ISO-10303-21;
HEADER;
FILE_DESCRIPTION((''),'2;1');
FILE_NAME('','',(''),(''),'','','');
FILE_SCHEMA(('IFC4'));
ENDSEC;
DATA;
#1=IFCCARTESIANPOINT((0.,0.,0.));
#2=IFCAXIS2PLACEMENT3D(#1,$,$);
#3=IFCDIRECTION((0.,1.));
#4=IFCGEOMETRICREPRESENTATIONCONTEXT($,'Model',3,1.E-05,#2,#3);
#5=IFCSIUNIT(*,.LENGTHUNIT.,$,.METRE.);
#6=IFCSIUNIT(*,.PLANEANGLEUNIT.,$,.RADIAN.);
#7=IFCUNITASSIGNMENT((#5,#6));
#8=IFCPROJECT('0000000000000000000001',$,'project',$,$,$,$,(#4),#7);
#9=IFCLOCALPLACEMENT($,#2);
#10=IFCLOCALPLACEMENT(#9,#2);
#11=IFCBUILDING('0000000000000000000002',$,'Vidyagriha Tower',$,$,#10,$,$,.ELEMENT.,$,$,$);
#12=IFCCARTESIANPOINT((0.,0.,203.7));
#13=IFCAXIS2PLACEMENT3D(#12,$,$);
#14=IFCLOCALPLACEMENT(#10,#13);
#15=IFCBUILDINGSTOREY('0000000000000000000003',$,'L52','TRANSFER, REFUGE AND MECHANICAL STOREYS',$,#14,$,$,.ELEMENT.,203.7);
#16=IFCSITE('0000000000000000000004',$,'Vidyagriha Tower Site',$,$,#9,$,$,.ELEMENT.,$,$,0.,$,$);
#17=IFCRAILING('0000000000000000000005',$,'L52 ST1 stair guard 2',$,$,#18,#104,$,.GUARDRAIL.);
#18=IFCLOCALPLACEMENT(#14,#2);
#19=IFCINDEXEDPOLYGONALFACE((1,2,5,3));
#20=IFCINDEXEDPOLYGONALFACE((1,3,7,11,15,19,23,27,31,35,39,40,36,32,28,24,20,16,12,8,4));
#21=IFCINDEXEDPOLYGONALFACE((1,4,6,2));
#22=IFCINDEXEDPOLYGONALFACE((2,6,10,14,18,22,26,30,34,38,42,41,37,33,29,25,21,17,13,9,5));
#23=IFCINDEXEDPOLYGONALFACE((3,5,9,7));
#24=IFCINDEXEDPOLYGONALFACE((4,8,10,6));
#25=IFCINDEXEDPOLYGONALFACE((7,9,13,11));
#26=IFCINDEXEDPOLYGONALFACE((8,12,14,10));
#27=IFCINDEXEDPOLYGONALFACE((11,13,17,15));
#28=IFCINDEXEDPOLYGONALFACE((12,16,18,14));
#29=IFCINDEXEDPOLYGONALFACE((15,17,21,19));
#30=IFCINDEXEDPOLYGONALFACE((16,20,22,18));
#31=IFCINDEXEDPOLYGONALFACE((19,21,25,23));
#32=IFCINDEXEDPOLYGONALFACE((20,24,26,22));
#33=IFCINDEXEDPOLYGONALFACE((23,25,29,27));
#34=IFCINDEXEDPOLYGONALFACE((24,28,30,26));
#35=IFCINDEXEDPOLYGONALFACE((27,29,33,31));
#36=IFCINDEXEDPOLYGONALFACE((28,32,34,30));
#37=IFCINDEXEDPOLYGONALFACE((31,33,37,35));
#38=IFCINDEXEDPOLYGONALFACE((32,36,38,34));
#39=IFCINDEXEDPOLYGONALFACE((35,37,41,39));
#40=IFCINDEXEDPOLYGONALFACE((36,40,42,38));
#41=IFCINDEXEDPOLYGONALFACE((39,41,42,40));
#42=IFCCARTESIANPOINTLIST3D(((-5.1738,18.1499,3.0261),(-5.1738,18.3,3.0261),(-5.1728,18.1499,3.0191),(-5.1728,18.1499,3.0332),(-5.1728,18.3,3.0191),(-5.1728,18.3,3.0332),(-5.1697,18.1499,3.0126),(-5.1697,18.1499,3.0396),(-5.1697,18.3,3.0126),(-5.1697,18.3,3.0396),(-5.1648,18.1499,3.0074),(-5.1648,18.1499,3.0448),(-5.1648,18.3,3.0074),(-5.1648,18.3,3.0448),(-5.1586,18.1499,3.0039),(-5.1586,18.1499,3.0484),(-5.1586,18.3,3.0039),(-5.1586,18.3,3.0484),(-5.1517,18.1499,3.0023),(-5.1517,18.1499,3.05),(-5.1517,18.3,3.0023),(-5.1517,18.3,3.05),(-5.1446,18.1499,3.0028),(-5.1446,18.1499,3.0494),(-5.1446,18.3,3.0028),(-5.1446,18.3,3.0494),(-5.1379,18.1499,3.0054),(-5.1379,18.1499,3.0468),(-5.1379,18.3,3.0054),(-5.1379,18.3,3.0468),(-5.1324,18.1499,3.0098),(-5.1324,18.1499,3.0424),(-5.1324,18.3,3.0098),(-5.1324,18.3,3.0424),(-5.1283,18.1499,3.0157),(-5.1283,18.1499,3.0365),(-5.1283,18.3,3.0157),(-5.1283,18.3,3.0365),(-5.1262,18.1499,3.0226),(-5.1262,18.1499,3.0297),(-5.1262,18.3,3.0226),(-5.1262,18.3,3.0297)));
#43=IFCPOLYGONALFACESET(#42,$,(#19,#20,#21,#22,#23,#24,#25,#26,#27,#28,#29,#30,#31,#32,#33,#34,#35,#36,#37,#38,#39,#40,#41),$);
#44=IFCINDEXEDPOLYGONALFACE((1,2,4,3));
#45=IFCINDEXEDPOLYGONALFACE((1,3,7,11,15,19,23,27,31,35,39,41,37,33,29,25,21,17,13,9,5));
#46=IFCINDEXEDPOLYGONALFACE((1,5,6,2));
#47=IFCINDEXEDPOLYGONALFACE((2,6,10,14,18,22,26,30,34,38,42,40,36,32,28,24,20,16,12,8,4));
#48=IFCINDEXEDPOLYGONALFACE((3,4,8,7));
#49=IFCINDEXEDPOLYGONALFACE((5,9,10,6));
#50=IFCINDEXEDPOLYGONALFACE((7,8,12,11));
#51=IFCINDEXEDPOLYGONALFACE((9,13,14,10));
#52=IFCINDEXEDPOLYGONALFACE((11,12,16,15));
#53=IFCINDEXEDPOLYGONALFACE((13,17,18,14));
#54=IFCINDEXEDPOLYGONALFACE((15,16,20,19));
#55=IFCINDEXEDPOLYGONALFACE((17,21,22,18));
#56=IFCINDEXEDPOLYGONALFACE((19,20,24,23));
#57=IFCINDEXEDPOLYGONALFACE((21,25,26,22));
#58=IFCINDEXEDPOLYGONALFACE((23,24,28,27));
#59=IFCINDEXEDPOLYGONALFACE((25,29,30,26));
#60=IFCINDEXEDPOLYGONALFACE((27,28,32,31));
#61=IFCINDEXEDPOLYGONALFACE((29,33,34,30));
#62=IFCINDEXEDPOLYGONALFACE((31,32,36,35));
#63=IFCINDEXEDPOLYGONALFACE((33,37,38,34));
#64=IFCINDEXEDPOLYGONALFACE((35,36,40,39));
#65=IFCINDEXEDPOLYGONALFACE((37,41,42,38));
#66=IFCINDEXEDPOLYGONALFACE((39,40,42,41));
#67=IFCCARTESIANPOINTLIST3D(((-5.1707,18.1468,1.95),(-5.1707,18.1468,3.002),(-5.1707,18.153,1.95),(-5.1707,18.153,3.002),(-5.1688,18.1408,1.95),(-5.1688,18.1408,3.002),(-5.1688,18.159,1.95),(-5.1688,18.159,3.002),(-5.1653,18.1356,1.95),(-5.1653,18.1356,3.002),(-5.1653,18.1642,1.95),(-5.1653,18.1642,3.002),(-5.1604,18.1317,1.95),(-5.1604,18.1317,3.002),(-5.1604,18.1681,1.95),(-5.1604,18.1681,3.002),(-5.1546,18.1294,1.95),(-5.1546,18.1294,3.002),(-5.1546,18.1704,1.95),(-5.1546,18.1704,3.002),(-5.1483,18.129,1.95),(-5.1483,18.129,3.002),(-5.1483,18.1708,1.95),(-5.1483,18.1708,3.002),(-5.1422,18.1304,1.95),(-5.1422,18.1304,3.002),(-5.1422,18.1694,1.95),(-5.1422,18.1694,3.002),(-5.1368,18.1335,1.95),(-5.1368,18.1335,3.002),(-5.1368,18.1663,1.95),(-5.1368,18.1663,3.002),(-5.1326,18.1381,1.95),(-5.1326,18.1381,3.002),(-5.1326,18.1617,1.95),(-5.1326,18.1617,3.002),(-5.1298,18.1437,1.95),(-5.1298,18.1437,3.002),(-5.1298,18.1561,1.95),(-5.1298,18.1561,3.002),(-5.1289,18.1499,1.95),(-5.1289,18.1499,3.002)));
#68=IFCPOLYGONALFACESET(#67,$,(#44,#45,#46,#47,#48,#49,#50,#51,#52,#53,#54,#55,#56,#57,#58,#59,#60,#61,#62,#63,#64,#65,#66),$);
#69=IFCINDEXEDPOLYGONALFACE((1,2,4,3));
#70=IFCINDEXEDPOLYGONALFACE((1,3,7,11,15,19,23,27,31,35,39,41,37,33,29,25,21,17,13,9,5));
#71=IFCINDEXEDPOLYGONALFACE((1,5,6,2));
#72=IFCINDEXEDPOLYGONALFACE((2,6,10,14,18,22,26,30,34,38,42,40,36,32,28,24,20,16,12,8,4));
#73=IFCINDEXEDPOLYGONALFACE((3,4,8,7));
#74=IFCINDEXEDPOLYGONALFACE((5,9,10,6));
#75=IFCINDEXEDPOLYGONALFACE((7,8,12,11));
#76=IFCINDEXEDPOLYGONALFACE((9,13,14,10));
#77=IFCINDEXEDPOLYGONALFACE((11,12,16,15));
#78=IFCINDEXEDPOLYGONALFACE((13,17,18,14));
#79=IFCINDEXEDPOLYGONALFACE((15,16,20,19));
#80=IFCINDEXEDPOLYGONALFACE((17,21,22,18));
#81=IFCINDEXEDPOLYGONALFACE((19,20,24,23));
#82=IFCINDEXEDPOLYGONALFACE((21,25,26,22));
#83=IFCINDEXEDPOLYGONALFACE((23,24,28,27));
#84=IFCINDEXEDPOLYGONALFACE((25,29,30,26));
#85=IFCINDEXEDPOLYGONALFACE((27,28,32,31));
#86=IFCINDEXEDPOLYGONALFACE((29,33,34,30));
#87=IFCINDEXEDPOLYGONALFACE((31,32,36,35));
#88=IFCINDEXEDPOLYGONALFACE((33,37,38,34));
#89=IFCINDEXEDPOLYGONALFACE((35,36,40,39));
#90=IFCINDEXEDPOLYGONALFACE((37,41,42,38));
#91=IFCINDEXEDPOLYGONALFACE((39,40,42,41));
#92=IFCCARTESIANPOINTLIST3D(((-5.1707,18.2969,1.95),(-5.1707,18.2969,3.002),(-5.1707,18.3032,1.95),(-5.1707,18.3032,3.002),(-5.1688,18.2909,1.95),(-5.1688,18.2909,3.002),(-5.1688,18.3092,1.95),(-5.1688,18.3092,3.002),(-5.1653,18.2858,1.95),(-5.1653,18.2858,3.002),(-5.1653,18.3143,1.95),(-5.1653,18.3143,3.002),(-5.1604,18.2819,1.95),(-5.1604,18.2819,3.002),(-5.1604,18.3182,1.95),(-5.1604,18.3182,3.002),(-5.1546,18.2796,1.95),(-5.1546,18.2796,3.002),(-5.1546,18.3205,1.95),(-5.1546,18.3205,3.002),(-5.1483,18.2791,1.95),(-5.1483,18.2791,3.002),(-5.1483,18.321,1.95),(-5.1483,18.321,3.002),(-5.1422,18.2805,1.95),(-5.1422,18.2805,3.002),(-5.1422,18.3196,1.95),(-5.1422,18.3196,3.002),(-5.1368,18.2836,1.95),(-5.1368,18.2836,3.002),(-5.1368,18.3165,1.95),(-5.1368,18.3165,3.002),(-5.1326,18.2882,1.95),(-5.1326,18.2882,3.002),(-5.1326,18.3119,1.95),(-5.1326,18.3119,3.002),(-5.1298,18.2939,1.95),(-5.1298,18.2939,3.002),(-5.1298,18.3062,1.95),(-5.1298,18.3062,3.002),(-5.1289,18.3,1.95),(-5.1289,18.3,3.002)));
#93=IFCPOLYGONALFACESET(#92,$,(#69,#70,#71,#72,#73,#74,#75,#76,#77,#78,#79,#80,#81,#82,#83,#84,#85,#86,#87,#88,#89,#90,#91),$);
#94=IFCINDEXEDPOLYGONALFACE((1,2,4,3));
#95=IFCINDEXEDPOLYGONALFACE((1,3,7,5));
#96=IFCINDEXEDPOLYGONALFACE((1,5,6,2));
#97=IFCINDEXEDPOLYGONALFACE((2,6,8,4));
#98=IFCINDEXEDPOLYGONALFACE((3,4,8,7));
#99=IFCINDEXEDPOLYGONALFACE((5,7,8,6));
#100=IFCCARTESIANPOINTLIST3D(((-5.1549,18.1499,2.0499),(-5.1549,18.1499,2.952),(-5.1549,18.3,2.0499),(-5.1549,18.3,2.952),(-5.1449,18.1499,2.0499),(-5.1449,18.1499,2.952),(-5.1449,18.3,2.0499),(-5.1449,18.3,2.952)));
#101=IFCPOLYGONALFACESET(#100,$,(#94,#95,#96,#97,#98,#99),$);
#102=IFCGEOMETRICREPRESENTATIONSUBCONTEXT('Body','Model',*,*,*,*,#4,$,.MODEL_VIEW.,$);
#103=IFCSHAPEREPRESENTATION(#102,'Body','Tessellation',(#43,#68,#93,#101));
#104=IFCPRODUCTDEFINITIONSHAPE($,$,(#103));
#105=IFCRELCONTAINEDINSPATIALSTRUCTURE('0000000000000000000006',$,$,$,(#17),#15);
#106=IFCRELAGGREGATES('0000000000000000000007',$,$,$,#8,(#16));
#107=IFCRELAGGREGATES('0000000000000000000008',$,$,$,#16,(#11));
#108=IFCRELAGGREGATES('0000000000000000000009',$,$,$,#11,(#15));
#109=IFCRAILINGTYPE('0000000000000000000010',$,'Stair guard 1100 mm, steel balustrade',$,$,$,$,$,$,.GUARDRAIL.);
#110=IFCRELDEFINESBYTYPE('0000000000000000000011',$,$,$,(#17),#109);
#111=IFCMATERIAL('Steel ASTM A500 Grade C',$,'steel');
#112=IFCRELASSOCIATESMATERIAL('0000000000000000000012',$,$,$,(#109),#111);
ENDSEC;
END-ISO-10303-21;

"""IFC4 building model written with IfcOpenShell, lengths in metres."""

from ifc_helpers import new_model, si_unit, direction, frame, origin, origin_2d, place, context, subcontext, project, spatial, rectangle, circle, extrude, material, type_object, element, save


model = new_model("IFC4")

# Units and contexts
model_context = context("Model", 3, precision=1e-05, world=origin(), true_north=direction((0.0, 1.0)))
body_context = subcontext(model_context, "Body", "Model", "MODEL_VIEW")
ifc_project = project(units=[si_unit("LENGTHUNIT", "METRE"), si_unit("PLANEANGLEUNIT", "RADIAN")], contexts=[model_context])

# Site, building, storey
site_placement = place(None, origin())
site = spatial("IfcSite", under=ifc_project, at=site_placement, Name="Vidyagriha Tower Site", CompositionType="ELEMENT", RefElevation=0.0)
building_placement = place(site_placement, origin())
building = spatial("IfcBuilding", under=site, at=building_placement, Name="Vidyagriha Tower", CompositionType="ELEMENT")
storey_placement = place(building_placement, frame((0.0, 0.0, 203.7)))
storey = spatial("IfcBuildingStorey", under=building, at=storey_placement, Name="L52", Description="TRANSFER, REFUGE AND MECHANICAL STOREYS", CompositionType="ELEMENT", Elevation=203.7)

# Railing
ifc_material_1 = material(Name="Steel ASTM A500 Grade C", Category="steel")
railing_type_1 = type_object("IfcRailingType", Name="Stair guard 1100 mm, steel balustrade", PredefinedType="GUARDRAIL", material=ifc_material_1)
railing_1_placement = place(storey_placement, frame((-5.1499, 18.1499, 1.95)))
element("IfcRailing", 1, at=railing_1_placement, inside=storey, type_object=railing_type_1, Name="L52 ST1 stair guard 2", PredefinedType="GUARDRAIL", context=body_context, shape_type="SweptSolid", body=[
    extrude(circle(Radius=0.0239, at=origin_2d()), frame((0.0, 0.0, 1.0762), z_axis=(0.0, 1.0, 0.0), x_axis=(-1.0, 0.0, 0.0)), (0.0, 0.0, 1.0), 0.1501),
    extrude(circle(Radius=0.021, at=origin_2d()), origin(), (0.0, 0.0, 1.0), 1.052),
    extrude(circle(Radius=0.021, at=origin_2d()), frame((0.0, 0.1501, 0.0)), (0.0, 0.0, 1.0), 1.052),
    extrude(rectangle(XDim=0.01, YDim=0.9021, at=origin_2d()), frame((0.0, 0.0, 0.551), z_axis=(0.0, 1.0, 0.0), x_axis=(-1.0, 0.0, 0.0)), (0.0, 0.0, 1.0), 0.1501),
])

save(model, "model.ifc")
